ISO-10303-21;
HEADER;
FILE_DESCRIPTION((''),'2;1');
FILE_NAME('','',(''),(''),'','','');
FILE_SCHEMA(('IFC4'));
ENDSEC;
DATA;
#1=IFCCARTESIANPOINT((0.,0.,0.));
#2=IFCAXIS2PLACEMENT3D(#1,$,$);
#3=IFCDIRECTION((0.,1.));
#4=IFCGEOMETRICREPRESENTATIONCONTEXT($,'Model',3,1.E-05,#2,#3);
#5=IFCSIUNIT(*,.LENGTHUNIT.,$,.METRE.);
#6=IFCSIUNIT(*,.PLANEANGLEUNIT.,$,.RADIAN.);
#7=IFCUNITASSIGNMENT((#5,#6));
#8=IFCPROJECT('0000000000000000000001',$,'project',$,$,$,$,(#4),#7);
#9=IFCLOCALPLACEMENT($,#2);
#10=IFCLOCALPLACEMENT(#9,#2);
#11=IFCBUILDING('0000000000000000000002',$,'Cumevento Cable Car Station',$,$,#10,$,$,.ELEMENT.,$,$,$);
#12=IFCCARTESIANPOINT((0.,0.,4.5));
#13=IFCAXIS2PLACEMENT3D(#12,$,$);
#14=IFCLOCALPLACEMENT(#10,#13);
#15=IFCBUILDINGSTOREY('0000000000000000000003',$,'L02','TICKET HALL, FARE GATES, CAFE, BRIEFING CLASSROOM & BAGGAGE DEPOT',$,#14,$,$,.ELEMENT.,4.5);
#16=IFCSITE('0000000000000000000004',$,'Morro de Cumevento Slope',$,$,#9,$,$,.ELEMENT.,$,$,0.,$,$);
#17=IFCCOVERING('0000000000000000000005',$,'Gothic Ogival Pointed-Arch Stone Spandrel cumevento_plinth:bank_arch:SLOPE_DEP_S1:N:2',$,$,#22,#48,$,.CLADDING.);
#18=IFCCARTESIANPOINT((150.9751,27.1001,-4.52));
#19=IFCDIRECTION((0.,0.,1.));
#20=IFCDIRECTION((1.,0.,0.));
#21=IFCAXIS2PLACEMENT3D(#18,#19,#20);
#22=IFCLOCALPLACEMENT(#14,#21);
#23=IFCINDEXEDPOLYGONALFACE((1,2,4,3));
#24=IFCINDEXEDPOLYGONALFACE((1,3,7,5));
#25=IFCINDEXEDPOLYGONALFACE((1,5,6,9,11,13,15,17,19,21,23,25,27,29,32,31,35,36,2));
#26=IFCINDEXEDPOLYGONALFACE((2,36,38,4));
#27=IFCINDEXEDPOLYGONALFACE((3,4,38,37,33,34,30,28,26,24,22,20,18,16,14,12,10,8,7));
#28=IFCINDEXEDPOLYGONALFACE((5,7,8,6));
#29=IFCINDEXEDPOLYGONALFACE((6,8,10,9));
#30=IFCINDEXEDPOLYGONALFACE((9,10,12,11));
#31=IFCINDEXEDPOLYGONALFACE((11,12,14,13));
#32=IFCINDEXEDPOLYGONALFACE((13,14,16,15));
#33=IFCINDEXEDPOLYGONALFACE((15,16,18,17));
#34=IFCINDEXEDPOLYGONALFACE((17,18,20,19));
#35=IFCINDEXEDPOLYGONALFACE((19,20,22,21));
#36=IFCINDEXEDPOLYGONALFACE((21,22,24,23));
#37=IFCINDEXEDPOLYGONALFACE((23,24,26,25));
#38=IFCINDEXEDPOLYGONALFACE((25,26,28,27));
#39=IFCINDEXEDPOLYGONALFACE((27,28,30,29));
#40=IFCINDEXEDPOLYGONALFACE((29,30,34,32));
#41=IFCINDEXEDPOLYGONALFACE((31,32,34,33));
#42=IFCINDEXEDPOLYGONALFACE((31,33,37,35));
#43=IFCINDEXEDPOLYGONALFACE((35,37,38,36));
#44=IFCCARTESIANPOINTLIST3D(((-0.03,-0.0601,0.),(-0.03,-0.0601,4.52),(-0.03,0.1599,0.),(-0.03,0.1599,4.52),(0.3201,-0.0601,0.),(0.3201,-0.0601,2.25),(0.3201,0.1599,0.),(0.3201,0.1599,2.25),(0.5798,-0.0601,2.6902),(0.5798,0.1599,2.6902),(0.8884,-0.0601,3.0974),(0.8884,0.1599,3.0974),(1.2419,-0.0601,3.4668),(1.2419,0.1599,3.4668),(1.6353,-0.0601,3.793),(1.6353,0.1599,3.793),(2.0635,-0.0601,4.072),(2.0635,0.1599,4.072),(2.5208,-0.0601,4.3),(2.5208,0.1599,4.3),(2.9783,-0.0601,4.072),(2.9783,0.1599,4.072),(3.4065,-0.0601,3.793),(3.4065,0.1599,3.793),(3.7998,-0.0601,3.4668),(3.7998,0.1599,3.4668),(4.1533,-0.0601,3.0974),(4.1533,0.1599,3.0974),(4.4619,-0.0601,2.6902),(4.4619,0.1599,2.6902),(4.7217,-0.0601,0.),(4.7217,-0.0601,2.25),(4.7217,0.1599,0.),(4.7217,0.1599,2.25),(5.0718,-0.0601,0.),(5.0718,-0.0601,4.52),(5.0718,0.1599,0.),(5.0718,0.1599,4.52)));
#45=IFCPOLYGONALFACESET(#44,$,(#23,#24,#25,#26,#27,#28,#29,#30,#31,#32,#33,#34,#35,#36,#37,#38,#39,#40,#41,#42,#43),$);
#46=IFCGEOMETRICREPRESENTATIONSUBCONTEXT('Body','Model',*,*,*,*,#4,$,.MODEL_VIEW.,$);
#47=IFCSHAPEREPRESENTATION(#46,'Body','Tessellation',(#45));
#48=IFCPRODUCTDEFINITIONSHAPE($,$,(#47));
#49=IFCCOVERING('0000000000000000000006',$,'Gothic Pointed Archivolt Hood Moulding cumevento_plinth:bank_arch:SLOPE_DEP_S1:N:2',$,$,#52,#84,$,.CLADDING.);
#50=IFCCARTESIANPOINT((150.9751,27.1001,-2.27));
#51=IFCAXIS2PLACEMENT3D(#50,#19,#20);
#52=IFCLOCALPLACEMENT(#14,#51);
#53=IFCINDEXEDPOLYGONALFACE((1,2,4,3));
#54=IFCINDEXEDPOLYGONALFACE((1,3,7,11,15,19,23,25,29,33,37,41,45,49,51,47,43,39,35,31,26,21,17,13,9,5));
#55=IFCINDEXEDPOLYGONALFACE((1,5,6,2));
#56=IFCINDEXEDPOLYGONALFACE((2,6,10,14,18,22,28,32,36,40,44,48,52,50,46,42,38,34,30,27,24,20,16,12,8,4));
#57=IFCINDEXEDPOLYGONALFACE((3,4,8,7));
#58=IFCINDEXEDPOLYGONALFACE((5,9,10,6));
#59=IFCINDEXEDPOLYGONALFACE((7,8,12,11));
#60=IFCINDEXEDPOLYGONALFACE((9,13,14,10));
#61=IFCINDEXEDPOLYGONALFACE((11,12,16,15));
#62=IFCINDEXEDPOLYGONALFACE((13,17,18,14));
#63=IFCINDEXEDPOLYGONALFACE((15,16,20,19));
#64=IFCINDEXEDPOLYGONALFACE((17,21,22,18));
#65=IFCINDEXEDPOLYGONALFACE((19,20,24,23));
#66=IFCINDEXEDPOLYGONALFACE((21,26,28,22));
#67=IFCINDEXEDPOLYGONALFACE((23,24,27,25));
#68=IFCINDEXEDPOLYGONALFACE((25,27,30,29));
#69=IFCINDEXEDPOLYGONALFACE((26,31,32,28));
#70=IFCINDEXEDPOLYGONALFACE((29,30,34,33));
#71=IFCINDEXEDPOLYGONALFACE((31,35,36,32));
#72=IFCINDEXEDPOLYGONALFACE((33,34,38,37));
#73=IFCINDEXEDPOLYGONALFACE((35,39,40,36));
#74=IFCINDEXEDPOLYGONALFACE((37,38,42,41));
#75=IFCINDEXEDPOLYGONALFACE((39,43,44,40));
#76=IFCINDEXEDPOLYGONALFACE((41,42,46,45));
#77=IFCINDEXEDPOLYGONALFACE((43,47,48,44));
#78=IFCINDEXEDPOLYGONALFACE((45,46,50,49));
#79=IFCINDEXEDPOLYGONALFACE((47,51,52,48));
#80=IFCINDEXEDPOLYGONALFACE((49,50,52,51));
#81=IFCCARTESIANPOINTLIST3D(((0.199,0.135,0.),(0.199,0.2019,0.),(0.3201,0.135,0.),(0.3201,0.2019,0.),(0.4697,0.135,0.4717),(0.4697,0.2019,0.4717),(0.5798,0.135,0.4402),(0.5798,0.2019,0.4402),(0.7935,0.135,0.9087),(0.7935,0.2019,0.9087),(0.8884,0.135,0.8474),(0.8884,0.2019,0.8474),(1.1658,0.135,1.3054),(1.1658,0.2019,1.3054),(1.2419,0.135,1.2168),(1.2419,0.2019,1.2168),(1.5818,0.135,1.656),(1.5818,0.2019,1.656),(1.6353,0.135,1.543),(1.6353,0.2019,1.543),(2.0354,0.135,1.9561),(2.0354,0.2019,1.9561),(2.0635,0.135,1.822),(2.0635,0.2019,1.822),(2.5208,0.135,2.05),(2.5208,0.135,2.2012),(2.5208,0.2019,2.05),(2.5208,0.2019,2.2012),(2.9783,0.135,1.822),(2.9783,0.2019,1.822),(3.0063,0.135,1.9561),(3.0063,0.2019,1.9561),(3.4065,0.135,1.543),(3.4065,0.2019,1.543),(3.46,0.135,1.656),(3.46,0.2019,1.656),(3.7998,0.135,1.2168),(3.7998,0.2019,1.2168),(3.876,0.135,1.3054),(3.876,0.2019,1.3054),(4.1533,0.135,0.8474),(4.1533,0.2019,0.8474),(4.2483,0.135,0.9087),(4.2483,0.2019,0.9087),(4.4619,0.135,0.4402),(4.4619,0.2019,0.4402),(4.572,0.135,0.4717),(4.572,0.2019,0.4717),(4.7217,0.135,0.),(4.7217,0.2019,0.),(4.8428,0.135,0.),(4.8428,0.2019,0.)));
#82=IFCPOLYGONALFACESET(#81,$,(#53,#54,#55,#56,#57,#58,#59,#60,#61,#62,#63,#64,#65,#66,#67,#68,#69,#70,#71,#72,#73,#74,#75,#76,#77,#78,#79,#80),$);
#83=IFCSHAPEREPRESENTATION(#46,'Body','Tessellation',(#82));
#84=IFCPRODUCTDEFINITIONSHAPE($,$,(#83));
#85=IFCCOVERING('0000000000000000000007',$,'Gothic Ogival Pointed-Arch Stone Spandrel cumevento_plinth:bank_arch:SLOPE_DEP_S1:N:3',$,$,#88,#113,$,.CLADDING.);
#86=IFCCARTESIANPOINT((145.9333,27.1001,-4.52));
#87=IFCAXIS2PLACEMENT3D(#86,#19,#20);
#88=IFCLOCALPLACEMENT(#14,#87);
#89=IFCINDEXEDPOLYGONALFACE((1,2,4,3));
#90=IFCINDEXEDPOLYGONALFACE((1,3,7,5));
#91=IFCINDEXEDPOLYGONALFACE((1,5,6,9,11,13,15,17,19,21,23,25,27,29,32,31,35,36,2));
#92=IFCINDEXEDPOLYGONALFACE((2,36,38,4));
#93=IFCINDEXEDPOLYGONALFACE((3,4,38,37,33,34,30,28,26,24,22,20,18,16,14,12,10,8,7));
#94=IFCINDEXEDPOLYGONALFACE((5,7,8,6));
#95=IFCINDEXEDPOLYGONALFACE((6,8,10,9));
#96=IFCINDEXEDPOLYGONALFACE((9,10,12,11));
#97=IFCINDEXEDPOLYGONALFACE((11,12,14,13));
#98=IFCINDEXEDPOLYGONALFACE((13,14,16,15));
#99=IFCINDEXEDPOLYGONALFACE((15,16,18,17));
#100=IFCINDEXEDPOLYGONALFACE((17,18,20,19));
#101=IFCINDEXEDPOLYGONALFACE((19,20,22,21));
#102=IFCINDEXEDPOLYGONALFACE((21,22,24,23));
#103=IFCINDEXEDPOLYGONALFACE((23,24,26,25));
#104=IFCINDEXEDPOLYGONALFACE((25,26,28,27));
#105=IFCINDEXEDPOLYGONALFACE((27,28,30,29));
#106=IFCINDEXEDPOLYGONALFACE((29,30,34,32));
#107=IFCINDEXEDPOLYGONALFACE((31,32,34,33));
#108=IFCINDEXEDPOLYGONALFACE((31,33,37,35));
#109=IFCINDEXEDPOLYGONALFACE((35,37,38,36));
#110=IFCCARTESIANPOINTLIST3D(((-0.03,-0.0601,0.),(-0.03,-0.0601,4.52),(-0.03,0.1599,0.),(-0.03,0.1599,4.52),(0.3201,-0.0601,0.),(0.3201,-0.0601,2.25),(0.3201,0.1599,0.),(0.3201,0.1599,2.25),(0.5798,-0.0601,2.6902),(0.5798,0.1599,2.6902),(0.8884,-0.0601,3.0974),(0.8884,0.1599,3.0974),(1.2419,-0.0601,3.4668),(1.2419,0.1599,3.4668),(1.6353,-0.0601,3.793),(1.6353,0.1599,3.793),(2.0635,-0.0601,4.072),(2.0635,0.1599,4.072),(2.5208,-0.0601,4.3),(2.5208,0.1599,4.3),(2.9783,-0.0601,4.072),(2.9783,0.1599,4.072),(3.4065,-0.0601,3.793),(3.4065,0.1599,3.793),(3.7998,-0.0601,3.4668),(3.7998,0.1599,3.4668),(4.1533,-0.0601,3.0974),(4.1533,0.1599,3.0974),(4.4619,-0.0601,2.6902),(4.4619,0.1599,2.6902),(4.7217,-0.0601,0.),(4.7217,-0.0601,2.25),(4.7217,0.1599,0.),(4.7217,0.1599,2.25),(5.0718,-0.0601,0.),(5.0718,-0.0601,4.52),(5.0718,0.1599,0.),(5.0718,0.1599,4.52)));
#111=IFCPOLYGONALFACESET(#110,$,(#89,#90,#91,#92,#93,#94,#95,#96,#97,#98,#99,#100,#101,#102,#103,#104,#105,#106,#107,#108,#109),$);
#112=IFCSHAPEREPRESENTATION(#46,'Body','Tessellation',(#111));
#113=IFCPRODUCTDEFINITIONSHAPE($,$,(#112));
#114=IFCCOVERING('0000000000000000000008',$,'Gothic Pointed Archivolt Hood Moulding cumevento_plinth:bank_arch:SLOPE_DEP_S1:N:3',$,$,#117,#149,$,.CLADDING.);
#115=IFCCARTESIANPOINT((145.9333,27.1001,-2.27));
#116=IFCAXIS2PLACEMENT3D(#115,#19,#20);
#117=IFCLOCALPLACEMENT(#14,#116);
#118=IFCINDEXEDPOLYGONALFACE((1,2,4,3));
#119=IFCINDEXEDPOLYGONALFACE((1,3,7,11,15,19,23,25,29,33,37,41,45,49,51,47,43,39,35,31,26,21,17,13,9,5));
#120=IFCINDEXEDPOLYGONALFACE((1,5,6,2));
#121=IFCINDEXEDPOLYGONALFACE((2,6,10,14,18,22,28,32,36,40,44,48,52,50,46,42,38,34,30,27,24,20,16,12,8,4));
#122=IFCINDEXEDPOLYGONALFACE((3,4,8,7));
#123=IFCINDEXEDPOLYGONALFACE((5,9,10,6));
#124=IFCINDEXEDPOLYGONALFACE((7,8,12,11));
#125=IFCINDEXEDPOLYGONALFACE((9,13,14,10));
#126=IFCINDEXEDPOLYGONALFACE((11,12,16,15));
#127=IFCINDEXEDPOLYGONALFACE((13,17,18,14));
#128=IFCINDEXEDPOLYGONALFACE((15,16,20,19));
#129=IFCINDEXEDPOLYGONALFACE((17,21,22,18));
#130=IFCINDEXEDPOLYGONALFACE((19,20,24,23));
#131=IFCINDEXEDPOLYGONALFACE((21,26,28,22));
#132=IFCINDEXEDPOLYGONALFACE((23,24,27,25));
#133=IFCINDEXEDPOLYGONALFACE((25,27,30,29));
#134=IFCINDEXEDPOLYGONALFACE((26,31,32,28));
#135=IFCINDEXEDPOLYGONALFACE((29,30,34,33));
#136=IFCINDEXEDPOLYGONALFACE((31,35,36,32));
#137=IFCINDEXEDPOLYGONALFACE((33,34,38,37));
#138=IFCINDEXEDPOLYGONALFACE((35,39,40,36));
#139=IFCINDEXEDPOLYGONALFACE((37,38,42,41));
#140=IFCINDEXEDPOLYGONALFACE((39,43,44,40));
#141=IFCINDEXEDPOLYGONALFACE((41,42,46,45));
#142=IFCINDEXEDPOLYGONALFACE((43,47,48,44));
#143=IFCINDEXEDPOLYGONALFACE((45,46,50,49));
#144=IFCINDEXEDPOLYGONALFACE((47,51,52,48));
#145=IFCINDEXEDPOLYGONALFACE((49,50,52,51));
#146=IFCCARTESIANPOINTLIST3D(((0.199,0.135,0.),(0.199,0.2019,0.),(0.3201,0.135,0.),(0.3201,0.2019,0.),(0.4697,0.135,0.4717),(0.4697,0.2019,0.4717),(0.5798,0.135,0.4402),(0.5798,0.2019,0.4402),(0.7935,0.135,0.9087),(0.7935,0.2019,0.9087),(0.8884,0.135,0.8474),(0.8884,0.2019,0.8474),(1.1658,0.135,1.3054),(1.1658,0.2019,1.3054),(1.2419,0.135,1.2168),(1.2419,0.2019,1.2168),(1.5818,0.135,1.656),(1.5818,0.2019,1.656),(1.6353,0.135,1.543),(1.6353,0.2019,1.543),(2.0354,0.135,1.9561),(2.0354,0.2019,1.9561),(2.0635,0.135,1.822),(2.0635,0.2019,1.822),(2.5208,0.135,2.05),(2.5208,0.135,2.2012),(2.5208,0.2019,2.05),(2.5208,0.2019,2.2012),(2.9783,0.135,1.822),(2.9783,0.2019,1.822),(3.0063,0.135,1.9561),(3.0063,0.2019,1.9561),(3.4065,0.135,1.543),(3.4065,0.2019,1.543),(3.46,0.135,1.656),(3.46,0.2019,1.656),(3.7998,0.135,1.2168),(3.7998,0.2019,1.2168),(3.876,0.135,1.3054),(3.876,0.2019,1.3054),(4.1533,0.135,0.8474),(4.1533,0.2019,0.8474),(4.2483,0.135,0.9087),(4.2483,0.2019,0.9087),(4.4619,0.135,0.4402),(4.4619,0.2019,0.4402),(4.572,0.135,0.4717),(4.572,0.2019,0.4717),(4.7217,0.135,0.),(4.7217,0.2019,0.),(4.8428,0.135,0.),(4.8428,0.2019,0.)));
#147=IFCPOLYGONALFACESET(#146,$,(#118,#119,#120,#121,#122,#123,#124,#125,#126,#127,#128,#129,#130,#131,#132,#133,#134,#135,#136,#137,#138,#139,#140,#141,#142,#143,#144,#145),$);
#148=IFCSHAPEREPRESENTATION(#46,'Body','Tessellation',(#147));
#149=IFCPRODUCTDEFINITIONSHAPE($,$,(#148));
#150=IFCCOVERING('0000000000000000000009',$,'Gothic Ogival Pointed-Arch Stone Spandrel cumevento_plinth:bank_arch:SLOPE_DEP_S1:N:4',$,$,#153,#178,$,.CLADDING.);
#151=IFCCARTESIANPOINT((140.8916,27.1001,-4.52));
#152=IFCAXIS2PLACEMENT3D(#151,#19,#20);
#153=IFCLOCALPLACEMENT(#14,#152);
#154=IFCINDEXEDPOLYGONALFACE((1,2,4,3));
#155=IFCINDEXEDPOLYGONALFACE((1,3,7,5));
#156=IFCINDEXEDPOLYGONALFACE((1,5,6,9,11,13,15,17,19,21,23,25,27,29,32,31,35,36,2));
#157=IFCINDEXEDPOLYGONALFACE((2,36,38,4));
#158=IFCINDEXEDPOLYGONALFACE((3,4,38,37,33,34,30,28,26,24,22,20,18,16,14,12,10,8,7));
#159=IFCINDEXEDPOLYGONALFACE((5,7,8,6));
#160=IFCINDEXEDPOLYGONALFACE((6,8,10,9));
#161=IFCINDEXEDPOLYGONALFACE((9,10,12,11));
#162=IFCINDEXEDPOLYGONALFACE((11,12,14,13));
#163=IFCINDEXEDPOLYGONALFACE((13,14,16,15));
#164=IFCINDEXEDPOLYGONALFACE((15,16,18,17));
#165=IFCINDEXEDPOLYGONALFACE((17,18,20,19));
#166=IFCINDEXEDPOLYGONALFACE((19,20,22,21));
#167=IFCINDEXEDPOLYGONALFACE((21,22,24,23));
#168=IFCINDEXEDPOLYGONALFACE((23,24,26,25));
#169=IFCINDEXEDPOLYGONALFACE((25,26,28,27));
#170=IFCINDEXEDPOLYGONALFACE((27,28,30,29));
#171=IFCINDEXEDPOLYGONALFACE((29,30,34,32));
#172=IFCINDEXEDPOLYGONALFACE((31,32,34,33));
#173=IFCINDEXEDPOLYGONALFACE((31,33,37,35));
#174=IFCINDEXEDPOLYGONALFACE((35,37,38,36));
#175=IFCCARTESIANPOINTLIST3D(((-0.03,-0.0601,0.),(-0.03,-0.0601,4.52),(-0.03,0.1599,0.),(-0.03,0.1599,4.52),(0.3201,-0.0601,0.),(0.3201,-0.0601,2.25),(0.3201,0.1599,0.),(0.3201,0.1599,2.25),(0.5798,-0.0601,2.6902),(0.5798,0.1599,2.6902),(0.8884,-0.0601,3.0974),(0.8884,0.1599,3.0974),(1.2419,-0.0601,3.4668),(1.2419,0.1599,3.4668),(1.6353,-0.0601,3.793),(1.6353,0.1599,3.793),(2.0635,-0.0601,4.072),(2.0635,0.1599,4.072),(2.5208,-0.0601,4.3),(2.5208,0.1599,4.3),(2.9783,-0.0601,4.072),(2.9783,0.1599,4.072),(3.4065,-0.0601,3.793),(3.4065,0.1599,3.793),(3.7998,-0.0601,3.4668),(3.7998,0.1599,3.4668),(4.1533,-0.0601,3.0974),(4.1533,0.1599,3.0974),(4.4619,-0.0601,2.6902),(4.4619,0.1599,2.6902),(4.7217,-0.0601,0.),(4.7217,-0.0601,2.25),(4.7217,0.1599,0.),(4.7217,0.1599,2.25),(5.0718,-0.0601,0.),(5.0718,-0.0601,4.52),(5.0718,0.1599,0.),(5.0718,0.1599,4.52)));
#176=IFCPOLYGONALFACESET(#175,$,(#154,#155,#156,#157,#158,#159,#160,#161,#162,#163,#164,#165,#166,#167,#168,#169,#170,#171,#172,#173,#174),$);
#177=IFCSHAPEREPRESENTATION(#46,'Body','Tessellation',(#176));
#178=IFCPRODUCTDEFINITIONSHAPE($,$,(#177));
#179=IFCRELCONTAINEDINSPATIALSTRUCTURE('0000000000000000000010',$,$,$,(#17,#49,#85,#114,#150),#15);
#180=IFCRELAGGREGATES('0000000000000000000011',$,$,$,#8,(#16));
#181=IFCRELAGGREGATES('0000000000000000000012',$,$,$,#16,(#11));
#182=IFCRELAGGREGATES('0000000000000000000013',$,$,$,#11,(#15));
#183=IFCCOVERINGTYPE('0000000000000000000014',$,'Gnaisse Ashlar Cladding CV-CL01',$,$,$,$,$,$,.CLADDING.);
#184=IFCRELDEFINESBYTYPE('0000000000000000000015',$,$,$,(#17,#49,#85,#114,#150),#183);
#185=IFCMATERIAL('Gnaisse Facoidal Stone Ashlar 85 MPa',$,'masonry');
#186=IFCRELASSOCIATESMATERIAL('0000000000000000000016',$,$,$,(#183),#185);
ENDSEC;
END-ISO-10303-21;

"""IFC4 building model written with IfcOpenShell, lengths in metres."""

from ifc_helpers import new_model, si_unit, direction, frame, origin, place, context, subcontext, project, spatial, polyline, outline, extrude, material, type_object, element, save


model = new_model("IFC4")

# Units and contexts
model_context = context("Model", 3, precision=1e-05, world=origin(), true_north=direction((0.0, 1.0)))
body_context = subcontext(model_context, "Body", "Model", "MODEL_VIEW")
ifc_project = project(units=[si_unit("LENGTHUNIT", "METRE"), si_unit("PLANEANGLEUNIT", "RADIAN")], contexts=[model_context])

# Site, building, storey
site_placement = place(None, origin())
site = spatial("IfcSite", under=ifc_project, at=site_placement, Name="Morro de Cumevento Slope", CompositionType="ELEMENT", RefElevation=0.0)
building_placement = place(site_placement, origin())
building = spatial("IfcBuilding", under=site, at=building_placement, Name="Cumevento Cable Car Station", CompositionType="ELEMENT")
storey_placement = place(building_placement, frame((0.0, 0.0, 4.5)))
storey = spatial("IfcBuildingStorey", under=building, at=storey_placement, Name="L02", Description="TICKET HALL, FARE GATES, CAFE, BRIEFING CLASSROOM & BAGGAGE DEPOT", CompositionType="ELEMENT", Elevation=4.5)

# Coverings
ifc_material_1 = material(Name="Gnaisse Facoidal Stone Ashlar 85 MPa", Category="masonry")
covering_type = type_object("IfcCoveringType", Name="Gnaisse Ashlar Cladding CV-CL01", PredefinedType="CLADDING", material=ifc_material_1)
covering_1_placement = place(storey_placement, frame((150.9751, 27.1001, -4.52), z_axis=(0.0, 0.0, 1.0), x_axis=(1.0, 0.0, 0.0)))
element("IfcCovering", 1, at=covering_1_placement, inside=storey, type_object=covering_type, Name="Gothic Ogival Pointed-Arch Stone Spandrel cumevento_plinth:bank_arch:SLOPE_DEP_S1:N:2", PredefinedType="CLADDING", context=body_context, shape_type="SweptSolid", body=[
    extrude(outline(polyline([(-0.03, 0.0), (-0.03, 4.52), (5.0718, 4.52), (5.0718, 0.0), (4.7217, 0.0), (4.7217, 2.25), (4.4619, 2.6902), (4.1533, 3.0974), (3.7998, 3.4668), (3.4065, 3.793), (2.9783, 4.072), (2.5208, 4.3), (2.0635, 4.072), (1.6353, 3.793), (1.2419, 3.4668), (0.8884, 3.0974), (0.5798, 2.6902), (0.3201, 2.25), (0.3201, 0.0), (-0.03, 0.0)])), frame((0.0, 0.1599, 0.0), z_axis=(0.0, -1.0, 0.0), x_axis=(1.0, 0.0, 0.0)), (0.0, 0.0, 1.0), 0.22),
])
covering_2_placement = place(storey_placement, frame((150.9751, 27.1001, -2.27), z_axis=(0.0, 0.0, 1.0), x_axis=(1.0, 0.0, 0.0)))
element("IfcCovering", 2, at=covering_2_placement, inside=storey, type_object=covering_type, Name="Gothic Pointed Archivolt Hood Moulding cumevento_plinth:bank_arch:SLOPE_DEP_S1:N:2", PredefinedType="CLADDING", context=body_context, shape_type="SweptSolid", body=[
    extrude(outline(polyline([(0.3201, 0.0), (0.5798, 0.4402), (0.8884, 0.8474), (1.2419, 1.2168), (1.6353, 1.543), (2.0635, 1.822), (2.5208, 2.05), (2.9783, 1.822), (3.4065, 1.543), (3.7998, 1.2168), (4.1533, 0.8474), (4.4619, 0.4402), (4.7217, 0.0), (4.8428, 0.0), (4.572, 0.4717), (4.2483, 0.9087), (3.876, 1.3054), (3.46, 1.656), (3.0063, 1.9561), (2.5208, 2.2012), (2.0354, 1.9561), (1.5818, 1.656), (1.1658, 1.3054), (0.7935, 0.9087), (0.4697, 0.4717), (0.199, 0.0), (0.3201, 0.0)])), frame((0.0, 0.2019, 0.0), z_axis=(0.0, -1.0, 0.0), x_axis=(1.0, 0.0, 0.0)), (0.0, 0.0, 1.0), 0.0669),
])
covering_3_placement = place(storey_placement, frame((145.9333, 27.1001, -4.52), z_axis=(0.0, 0.0, 1.0), x_axis=(1.0, 0.0, 0.0)))
element("IfcCovering", 3, at=covering_3_placement, inside=storey, type_object=covering_type, Name="Gothic Ogival Pointed-Arch Stone Spandrel cumevento_plinth:bank_arch:SLOPE_DEP_S1:N:3", PredefinedType="CLADDING", context=body_context, shape_type="SweptSolid", body=[
    extrude(outline(polyline([(-0.03, 0.0), (-0.03, 4.52), (5.0718, 4.52), (5.0718, 0.0), (4.7217, 0.0), (4.7217, 2.25), (4.4619, 2.6902), (4.1533, 3.0974), (3.7998, 3.4668), (3.4065, 3.793), (2.9783, 4.072), (2.5208, 4.3), (2.0635, 4.072), (1.6353, 3.793), (1.2419, 3.4668), (0.8884, 3.0974), (0.5798, 2.6902), (0.3201, 2.25), (0.3201, 0.0), (-0.03, 0.0)])), frame((0.0, 0.1599, 0.0), z_axis=(0.0, -1.0, 0.0), x_axis=(1.0, 0.0, 0.0)), (0.0, 0.0, 1.0), 0.22),
])
covering_4_placement = place(storey_placement, frame((145.9333, 27.1001, -2.27), z_axis=(0.0, 0.0, 1.0), x_axis=(1.0, 0.0, 0.0)))
element("IfcCovering", 4, at=covering_4_placement, inside=storey, type_object=covering_type, Name="Gothic Pointed Archivolt Hood Moulding cumevento_plinth:bank_arch:SLOPE_DEP_S1:N:3", PredefinedType="CLADDING", context=body_context, shape_type="SweptSolid", body=[
    extrude(outline(polyline([(0.3201, 0.0), (0.5798, 0.4402), (0.8884, 0.8474), (1.2419, 1.2168), (1.6353, 1.543), (2.0635, 1.822), (2.5208, 2.05), (2.9783, 1.822), (3.4065, 1.543), (3.7998, 1.2168), (4.1533, 0.8474), (4.4619, 0.4402), (4.7217, 0.0), (4.8428, 0.0), (4.572, 0.4717), (4.2483, 0.9087), (3.876, 1.3054), (3.46, 1.656), (3.0063, 1.9561), (2.5208, 2.2012), (2.0354, 1.9561), (1.5818, 1.656), (1.1658, 1.3054), (0.7935, 0.9087), (0.4697, 0.4717), (0.199, 0.0), (0.3201, 0.0)])), frame((0.0, 0.2019, 0.0), z_axis=(0.0, -1.0, 0.0), x_axis=(1.0, 0.0, 0.0)), (0.0, 0.0, 1.0), 0.0669),
])
covering_5_placement = place(storey_placement, frame((140.8916, 27.1001, -4.52), z_axis=(0.0, 0.0, 1.0), x_axis=(1.0, 0.0, 0.0)))
element("IfcCovering", 5, at=covering_5_placement, inside=storey, type_object=covering_type, Name="Gothic Ogival Pointed-Arch Stone Spandrel cumevento_plinth:bank_arch:SLOPE_DEP_S1:N:4", PredefinedType="CLADDING", context=body_context, shape_type="SweptSolid", body=[
    extrude(outline(polyline([(-0.03, 0.0), (-0.03, 4.52), (5.0718, 4.52), (5.0718, 0.0), (4.7217, 0.0), (4.7217, 2.25), (4.4619, 2.6902), (4.1533, 3.0974), (3.7998, 3.4668), (3.4065, 3.793), (2.9783, 4.072), (2.5208, 4.3), (2.0635, 4.072), (1.6353, 3.793), (1.2419, 3.4668), (0.8884, 3.0974), (0.5798, 2.6902), (0.3201, 2.25), (0.3201, 0.0), (-0.03, 0.0)])), frame((0.0, 0.1599, 0.0), z_axis=(0.0, -1.0, 0.0), x_axis=(1.0, 0.0, 0.0)), (0.0, 0.0, 1.0), 0.22),
])

save(model, "model.ifc")
